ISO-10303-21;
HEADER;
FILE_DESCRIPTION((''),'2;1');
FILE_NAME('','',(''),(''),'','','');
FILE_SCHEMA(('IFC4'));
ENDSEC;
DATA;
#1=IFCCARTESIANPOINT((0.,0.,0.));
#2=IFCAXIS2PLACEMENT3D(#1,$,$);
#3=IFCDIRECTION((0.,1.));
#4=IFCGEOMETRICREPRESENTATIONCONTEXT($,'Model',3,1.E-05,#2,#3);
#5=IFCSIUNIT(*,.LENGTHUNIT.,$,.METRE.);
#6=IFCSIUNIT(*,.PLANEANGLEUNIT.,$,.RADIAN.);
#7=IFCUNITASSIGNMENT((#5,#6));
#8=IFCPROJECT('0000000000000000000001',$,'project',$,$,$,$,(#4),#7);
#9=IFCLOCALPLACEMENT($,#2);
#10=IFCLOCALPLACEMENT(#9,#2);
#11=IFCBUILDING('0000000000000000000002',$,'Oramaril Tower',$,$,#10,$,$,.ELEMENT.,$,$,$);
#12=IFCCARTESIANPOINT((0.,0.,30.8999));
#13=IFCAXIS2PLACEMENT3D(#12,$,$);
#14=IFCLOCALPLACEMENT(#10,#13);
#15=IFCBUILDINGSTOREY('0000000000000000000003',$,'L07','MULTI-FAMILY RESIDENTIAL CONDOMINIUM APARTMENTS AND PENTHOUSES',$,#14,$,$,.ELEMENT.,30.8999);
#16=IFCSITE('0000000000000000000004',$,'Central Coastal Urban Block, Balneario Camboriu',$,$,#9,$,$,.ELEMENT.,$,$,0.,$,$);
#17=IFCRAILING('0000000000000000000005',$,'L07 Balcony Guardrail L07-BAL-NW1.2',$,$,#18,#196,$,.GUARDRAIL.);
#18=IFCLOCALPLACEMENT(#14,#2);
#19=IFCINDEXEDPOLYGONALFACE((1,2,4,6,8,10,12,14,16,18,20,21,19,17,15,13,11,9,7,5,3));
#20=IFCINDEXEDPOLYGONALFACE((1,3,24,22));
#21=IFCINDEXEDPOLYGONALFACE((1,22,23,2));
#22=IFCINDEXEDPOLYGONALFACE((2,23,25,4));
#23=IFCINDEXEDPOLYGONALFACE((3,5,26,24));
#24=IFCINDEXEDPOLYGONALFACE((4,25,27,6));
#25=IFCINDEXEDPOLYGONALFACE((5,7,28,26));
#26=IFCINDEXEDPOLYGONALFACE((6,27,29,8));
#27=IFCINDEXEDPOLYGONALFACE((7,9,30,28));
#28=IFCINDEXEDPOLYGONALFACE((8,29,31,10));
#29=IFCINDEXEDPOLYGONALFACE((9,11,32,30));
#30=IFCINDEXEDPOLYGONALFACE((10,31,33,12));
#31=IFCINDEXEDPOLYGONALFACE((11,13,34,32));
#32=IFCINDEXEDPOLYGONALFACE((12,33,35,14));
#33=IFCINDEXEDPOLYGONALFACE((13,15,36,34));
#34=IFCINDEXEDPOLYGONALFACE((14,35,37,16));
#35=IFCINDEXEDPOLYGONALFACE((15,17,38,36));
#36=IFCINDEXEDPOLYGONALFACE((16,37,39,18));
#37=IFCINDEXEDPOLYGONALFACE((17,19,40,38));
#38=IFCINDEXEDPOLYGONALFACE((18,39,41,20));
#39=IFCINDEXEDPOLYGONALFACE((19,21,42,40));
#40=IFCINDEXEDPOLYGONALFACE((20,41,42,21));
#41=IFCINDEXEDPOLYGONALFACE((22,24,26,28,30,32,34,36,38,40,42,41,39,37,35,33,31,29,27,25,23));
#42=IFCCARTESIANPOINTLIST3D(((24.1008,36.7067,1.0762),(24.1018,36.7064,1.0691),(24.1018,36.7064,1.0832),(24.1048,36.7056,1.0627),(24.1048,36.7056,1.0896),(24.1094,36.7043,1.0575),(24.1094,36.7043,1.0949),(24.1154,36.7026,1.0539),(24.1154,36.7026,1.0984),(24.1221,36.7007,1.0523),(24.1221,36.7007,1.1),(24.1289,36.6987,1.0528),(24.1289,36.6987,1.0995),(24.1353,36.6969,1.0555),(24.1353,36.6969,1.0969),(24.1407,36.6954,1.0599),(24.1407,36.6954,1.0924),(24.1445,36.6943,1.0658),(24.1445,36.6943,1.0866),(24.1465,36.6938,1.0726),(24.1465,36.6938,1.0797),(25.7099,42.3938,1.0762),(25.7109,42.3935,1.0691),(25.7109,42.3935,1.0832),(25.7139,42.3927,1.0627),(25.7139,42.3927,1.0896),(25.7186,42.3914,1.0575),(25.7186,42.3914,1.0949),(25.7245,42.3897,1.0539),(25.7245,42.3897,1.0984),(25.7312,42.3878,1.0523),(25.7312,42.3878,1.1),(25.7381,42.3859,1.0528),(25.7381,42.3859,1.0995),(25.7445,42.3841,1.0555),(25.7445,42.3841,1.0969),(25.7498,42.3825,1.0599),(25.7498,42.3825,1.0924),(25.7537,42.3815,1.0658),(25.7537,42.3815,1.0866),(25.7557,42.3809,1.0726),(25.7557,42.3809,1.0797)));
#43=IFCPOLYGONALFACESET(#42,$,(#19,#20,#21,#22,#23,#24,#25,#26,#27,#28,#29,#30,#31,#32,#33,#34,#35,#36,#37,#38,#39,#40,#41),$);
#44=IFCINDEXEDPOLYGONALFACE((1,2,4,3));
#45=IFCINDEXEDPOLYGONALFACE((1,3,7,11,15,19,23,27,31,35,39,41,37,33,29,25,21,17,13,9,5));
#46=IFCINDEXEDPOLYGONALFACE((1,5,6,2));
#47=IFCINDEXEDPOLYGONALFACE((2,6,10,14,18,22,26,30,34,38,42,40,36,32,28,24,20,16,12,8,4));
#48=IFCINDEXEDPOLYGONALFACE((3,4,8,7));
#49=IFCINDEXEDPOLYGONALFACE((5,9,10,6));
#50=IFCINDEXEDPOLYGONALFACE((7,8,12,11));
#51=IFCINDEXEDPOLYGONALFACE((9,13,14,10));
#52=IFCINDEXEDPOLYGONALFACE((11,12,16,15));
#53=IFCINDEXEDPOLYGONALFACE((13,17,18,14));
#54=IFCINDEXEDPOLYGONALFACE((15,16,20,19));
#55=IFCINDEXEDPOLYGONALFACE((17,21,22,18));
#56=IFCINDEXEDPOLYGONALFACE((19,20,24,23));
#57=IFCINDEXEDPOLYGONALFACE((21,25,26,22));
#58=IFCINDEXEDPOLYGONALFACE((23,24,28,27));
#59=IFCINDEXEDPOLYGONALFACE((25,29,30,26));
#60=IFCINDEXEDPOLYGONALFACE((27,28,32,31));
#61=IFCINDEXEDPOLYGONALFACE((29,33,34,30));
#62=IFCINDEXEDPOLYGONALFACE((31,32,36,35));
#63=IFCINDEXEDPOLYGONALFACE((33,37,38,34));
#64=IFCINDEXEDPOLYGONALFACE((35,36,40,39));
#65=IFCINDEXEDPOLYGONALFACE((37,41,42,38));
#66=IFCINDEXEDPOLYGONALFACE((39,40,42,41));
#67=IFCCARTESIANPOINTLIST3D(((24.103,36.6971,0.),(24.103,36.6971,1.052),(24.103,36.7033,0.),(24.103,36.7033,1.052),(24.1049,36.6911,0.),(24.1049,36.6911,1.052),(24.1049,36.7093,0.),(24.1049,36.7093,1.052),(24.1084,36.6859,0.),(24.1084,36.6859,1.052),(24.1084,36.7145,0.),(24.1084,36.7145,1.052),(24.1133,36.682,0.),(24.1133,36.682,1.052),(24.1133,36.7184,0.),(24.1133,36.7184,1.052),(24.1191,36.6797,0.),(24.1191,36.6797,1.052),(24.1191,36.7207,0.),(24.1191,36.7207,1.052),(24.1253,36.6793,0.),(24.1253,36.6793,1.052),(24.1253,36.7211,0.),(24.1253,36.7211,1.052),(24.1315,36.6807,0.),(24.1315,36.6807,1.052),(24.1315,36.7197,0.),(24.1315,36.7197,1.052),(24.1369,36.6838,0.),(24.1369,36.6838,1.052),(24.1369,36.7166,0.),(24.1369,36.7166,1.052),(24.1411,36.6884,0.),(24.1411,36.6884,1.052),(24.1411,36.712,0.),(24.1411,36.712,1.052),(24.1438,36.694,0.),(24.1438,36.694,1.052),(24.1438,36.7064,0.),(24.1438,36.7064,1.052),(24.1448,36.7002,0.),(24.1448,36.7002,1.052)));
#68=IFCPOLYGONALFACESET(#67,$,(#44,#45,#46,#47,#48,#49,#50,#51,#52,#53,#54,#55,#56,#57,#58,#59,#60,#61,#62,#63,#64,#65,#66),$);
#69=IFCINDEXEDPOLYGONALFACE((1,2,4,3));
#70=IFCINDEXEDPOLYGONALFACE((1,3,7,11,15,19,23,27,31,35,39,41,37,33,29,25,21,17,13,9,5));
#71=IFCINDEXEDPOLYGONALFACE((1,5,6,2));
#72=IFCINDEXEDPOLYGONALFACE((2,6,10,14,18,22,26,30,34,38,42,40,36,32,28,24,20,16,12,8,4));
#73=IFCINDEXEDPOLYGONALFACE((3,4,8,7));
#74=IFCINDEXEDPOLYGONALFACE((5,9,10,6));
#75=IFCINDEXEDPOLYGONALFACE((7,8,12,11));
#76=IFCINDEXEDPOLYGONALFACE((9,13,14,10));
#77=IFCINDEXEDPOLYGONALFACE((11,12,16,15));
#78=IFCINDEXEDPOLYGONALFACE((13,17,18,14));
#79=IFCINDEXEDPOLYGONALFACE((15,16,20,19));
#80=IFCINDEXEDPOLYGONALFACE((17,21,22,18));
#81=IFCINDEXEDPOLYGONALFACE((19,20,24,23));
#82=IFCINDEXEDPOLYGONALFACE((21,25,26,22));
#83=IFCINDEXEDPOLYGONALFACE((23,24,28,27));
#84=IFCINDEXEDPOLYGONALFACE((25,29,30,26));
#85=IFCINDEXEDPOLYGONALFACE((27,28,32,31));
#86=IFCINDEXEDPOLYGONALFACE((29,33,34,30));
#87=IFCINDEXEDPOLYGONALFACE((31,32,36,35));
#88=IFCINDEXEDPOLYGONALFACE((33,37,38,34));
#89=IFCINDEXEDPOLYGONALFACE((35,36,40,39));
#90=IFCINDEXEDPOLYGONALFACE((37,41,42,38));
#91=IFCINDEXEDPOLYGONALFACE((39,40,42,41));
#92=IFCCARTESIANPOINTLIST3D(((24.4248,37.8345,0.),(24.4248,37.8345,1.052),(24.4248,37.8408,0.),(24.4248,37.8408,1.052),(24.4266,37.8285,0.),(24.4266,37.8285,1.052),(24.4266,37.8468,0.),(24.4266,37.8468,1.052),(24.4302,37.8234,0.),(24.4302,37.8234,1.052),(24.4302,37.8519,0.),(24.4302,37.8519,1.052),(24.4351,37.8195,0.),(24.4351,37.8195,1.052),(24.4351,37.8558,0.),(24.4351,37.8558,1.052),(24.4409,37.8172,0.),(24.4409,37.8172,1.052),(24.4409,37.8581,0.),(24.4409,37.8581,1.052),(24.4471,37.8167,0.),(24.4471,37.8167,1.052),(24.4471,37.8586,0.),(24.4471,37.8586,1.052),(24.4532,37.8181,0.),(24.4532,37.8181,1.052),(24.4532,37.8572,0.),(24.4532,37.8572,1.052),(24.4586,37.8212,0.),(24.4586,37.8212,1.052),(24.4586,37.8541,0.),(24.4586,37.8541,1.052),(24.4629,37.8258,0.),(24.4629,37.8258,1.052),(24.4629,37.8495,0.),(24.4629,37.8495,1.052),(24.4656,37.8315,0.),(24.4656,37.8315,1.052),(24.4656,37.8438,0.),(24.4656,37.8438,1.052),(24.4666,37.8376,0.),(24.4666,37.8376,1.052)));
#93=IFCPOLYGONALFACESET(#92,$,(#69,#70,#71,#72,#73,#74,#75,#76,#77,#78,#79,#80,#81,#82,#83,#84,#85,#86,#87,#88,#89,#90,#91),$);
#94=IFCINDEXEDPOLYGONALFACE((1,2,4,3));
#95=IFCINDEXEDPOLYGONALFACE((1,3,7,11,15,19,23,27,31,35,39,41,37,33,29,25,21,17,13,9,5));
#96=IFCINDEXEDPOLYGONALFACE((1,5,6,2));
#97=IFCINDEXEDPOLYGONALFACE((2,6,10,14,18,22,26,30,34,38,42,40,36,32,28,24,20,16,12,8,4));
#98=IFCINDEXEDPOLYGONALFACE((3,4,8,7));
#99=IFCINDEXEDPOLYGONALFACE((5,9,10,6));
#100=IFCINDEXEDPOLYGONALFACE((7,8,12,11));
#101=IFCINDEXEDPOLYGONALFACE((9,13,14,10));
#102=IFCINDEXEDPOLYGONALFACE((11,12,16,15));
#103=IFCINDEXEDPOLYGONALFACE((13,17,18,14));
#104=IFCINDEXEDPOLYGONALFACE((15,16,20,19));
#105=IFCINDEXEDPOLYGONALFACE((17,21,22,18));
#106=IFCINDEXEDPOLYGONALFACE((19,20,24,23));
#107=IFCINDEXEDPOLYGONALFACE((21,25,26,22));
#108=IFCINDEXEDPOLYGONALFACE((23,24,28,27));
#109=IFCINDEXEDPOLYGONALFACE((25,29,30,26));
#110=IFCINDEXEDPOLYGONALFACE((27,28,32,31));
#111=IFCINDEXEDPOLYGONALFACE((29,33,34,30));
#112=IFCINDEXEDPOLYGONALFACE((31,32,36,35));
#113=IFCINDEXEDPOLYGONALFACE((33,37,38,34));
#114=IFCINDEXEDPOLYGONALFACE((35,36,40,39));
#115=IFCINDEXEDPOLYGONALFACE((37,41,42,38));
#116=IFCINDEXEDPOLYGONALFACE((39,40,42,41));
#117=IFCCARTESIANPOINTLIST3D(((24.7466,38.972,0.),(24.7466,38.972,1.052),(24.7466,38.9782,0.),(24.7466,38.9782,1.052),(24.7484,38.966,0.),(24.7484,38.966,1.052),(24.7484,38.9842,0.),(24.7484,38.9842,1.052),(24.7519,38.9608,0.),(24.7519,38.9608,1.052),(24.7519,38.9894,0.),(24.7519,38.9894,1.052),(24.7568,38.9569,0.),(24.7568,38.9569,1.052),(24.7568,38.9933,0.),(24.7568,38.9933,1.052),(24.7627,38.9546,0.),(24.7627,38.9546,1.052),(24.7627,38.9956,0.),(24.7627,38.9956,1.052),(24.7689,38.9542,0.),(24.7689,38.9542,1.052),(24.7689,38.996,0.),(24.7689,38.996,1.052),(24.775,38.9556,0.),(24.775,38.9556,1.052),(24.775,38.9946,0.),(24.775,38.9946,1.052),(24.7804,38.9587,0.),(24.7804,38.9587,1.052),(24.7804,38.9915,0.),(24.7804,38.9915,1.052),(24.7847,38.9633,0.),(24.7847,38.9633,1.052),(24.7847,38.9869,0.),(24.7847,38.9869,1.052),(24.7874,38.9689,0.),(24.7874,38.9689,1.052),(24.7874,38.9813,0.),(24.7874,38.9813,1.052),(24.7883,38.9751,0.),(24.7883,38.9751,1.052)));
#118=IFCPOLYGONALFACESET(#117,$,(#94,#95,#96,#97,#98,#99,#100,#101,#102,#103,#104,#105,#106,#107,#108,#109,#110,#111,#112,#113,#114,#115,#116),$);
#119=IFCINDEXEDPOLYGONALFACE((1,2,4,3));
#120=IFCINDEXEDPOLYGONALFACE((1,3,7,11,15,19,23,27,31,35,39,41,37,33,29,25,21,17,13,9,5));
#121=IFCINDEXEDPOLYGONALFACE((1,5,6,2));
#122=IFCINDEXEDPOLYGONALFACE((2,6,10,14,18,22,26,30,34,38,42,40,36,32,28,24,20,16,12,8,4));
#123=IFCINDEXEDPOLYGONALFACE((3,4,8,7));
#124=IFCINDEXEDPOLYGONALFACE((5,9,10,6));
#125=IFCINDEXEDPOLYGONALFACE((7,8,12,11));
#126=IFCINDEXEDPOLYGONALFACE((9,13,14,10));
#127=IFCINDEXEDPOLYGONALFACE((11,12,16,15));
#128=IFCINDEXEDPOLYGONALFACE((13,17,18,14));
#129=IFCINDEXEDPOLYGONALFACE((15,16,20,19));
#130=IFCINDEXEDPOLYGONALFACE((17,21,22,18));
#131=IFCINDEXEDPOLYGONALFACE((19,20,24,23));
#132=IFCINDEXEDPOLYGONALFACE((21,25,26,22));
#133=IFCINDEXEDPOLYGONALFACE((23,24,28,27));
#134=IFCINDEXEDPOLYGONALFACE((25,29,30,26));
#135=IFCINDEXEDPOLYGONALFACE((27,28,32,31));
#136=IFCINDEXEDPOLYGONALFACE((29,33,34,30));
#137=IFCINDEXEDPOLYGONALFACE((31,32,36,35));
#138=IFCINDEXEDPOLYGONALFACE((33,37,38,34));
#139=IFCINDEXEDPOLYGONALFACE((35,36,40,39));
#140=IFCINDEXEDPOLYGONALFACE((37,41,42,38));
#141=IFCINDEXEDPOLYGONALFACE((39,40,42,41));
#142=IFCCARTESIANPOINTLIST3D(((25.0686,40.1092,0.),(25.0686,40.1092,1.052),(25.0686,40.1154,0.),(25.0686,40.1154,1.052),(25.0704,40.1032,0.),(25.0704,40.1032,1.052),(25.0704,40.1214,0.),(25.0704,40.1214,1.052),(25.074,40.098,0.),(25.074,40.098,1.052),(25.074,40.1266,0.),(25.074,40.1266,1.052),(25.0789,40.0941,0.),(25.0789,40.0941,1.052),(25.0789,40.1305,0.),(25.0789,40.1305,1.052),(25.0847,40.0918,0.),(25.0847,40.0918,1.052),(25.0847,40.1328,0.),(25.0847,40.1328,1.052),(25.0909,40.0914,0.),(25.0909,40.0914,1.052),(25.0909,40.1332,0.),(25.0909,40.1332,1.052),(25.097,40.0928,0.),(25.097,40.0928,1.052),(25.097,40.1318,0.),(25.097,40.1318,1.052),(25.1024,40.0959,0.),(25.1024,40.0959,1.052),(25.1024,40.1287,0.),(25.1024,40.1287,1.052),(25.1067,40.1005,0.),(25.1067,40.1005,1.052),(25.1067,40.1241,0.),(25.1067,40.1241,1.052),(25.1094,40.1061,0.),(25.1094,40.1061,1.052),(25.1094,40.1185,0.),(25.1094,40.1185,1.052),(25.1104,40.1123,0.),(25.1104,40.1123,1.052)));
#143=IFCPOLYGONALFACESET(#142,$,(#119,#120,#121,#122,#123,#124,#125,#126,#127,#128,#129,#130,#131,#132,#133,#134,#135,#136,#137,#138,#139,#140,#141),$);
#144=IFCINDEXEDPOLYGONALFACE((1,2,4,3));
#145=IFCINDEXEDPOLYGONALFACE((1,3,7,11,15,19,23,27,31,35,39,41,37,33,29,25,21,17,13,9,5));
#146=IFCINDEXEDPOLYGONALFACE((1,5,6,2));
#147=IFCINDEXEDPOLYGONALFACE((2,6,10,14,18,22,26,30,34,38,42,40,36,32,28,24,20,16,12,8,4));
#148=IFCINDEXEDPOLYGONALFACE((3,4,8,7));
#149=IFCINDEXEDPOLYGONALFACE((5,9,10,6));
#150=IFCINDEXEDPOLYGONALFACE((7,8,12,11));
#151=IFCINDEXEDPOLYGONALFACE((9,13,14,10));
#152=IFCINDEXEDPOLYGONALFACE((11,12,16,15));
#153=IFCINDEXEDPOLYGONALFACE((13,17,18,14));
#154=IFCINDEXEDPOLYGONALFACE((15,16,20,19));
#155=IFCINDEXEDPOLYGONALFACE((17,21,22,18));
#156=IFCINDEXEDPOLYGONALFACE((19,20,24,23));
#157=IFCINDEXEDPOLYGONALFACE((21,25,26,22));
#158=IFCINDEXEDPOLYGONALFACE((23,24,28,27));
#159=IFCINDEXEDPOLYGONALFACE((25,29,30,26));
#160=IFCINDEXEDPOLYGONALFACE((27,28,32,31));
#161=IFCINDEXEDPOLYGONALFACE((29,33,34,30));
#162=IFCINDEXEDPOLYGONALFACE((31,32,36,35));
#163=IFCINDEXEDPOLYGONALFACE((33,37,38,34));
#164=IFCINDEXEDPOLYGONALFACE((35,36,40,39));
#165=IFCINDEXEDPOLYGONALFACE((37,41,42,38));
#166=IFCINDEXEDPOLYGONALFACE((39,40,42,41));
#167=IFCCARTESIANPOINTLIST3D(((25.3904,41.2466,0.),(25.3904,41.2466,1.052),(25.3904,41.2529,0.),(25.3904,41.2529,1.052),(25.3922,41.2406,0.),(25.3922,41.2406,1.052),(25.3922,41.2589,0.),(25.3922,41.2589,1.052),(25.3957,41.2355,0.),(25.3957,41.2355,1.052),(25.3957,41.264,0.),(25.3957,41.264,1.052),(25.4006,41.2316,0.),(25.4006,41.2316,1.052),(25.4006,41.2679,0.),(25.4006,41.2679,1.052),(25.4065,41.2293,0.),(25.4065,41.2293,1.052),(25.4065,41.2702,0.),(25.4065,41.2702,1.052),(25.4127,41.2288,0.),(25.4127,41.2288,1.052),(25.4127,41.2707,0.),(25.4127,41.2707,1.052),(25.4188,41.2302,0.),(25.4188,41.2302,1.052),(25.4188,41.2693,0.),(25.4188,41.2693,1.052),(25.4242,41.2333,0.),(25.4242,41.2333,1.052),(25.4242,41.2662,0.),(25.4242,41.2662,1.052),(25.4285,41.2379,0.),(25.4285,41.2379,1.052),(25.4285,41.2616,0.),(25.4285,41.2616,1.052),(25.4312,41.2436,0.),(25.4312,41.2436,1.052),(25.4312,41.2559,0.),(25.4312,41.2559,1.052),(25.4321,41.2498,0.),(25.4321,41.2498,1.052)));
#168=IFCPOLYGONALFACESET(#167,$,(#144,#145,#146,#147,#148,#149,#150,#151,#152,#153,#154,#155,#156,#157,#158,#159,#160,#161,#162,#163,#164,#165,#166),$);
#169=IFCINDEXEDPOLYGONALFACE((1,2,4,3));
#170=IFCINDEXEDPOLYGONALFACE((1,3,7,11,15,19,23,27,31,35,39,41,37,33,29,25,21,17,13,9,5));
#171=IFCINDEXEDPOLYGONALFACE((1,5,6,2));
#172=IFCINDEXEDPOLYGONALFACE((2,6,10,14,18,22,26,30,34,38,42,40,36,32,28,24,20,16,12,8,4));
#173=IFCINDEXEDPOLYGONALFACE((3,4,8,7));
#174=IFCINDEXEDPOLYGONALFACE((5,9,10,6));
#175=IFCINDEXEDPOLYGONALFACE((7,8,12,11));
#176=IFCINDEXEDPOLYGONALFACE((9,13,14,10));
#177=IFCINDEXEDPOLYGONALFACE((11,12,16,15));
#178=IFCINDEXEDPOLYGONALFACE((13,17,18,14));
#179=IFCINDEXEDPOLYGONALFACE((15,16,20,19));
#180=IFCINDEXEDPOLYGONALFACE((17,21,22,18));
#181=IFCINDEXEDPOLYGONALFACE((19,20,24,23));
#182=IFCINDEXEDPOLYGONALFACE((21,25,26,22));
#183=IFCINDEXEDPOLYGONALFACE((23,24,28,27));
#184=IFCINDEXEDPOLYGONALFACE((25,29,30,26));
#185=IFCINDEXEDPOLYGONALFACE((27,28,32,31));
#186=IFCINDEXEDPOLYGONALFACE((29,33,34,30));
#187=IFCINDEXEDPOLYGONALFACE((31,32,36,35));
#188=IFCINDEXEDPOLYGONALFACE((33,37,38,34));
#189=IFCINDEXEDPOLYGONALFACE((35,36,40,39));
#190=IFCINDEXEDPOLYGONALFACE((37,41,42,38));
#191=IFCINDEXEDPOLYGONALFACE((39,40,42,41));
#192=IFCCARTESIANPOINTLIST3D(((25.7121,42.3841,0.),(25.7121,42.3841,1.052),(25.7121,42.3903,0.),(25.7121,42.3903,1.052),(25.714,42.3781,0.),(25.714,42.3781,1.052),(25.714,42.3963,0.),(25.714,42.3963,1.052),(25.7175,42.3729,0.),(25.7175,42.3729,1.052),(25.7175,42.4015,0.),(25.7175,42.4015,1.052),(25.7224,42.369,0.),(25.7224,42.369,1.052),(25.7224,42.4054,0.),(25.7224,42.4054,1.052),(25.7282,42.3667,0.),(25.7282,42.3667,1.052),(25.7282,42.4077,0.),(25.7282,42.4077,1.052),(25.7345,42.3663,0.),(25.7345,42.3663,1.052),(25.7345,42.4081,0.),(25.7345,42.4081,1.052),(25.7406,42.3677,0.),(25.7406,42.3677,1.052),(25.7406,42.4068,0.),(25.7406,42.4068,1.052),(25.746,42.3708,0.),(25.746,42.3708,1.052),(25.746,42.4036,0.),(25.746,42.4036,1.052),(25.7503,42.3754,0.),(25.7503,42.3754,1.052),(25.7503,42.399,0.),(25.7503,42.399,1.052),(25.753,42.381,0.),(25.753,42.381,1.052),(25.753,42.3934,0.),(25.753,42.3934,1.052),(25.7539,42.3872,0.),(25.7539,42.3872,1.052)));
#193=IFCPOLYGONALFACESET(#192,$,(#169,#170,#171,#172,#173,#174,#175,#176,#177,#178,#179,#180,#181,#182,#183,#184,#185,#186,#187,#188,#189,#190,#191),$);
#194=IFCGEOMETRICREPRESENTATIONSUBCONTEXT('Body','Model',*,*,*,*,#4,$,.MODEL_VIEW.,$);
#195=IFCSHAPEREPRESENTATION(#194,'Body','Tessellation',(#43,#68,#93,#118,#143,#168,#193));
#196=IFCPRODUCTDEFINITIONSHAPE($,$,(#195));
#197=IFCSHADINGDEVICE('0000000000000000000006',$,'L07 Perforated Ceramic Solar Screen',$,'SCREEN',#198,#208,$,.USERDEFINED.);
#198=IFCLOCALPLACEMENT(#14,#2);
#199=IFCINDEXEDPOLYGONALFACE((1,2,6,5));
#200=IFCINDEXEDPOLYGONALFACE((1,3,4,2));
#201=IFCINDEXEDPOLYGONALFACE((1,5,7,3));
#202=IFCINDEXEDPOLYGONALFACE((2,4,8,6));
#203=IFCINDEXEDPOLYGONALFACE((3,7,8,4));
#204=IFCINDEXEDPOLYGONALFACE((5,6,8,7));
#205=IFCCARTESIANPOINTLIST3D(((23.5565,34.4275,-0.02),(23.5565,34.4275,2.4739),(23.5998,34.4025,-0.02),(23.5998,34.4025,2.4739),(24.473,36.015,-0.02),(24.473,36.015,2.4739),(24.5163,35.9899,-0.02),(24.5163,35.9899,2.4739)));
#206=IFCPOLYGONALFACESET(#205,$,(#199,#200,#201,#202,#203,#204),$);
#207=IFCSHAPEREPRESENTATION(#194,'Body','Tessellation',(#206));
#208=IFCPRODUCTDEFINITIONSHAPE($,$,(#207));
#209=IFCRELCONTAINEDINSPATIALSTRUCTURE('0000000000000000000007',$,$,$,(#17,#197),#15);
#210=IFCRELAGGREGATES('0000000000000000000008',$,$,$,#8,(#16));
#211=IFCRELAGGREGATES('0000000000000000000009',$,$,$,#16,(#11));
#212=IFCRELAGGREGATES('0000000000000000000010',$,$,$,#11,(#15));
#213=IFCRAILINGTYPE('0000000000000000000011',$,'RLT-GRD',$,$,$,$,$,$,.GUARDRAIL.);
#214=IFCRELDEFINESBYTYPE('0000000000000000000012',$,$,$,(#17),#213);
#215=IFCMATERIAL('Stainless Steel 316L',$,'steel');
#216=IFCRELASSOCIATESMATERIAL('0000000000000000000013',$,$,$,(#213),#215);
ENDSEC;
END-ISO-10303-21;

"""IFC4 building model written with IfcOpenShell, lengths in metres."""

from ifc_helpers import new_model, si_unit, direction, frame, origin, origin_2d, place, context, subcontext, project, spatial, rectangle, circle, extrude, material, type_object, element, save


model = new_model("IFC4")

# Units and contexts
model_context = context("Model", 3, precision=1e-05, world=origin(), true_north=direction((0.0, 1.0)))
body_context = subcontext(model_context, "Body", "Model", "MODEL_VIEW")
ifc_project = project(units=[si_unit("LENGTHUNIT", "METRE"), si_unit("PLANEANGLEUNIT", "RADIAN")], contexts=[model_context])

# Site, building, storey
site_placement = place(None, origin())
site = spatial("IfcSite", under=ifc_project, at=site_placement, Name="Central Coastal Urban Block, Balneario Camboriu", CompositionType="ELEMENT", RefElevation=0.0)
building_placement = place(site_placement, origin())
building = spatial("IfcBuilding", under=site, at=building_placement, Name="Oramaril Tower", CompositionType="ELEMENT")
storey_placement = place(building_placement, frame((0.0, 0.0, 30.8999)))
storey = spatial("IfcBuildingStorey", under=building, at=storey_placement, Name="L07", Description="MULTI-FAMILY RESIDENTIAL CONDOMINIUM APARTMENTS AND PENTHOUSES", CompositionType="ELEMENT", Elevation=30.8999)

# Railing
ifc_material_1 = material(Name="Stainless Steel 316L", Category="steel")
railing_type = type_object("IfcRailingType", Name="RLT-GRD", PredefinedType="GUARDRAIL", material=ifc_material_1)
railing_1_placement = place(storey_placement, frame((24.1238, 36.7002, 0.0)))
element("IfcRailing", 1, at=railing_1_placement, inside=storey, type_object=railing_type, Name="L07 Balcony Guardrail L07-BAL-NW1.2", PredefinedType="GUARDRAIL", context=body_context, shape_type="SweptSolid", body=[
    extrude(circle(Radius=0.0239, at=origin_2d()), frame((0.0, 0.0, 1.0762), z_axis=(0.27226, 0.962224, 0.0), x_axis=(-0.962224, 0.27226, 0.0)), (0.0, 0.0, 1.0), 5.9104),
    extrude(circle(Radius=0.021, at=origin_2d()), origin(), (0.0, 0.0, 1.0), 1.052),
    extrude(circle(Radius=0.021, at=origin_2d()), frame((0.3218, 1.1375, 0.0)), (0.0, 0.0, 1.0), 1.052),
    extrude(circle(Radius=0.021, at=origin_2d()), frame((0.6436, 2.2749, 0.0)), (0.0, 0.0, 1.0), 1.052),
    extrude(circle(Radius=0.021, at=origin_2d()), frame((0.9656, 3.4121, 0.0)), (0.0, 0.0, 1.0), 1.052),
    extrude(circle(Radius=0.021, at=origin_2d()), frame((1.2874, 4.5496, 0.0)), (0.0, 0.0, 1.0), 1.052),
    extrude(circle(Radius=0.021, at=origin_2d()), frame((1.6091, 5.687, 0.0)), (0.0, 0.0, 1.0), 1.052),
])

# Shading device
shading_device_placement = place(storey_placement, frame((24.0364, 35.2087, -0.02), z_axis=(0.0, 0.0, 1.0), x_axis=(-0.5, -0.866025, 0.0)))
element("IfcShadingDevice", 2, at=shading_device_placement, inside=storey, Name="L07 Perforated Ceramic Solar Screen", ObjectType="SCREEN", PredefinedType="USERDEFINED", context=body_context, shape_type="SweptSolid", body=[
    extrude(rectangle(XDim=1.833, YDim=0.05, at=origin_2d()), origin(), (0.0, 0.0, 1.0), 2.4939),
])

save(model, "model.ifc")
